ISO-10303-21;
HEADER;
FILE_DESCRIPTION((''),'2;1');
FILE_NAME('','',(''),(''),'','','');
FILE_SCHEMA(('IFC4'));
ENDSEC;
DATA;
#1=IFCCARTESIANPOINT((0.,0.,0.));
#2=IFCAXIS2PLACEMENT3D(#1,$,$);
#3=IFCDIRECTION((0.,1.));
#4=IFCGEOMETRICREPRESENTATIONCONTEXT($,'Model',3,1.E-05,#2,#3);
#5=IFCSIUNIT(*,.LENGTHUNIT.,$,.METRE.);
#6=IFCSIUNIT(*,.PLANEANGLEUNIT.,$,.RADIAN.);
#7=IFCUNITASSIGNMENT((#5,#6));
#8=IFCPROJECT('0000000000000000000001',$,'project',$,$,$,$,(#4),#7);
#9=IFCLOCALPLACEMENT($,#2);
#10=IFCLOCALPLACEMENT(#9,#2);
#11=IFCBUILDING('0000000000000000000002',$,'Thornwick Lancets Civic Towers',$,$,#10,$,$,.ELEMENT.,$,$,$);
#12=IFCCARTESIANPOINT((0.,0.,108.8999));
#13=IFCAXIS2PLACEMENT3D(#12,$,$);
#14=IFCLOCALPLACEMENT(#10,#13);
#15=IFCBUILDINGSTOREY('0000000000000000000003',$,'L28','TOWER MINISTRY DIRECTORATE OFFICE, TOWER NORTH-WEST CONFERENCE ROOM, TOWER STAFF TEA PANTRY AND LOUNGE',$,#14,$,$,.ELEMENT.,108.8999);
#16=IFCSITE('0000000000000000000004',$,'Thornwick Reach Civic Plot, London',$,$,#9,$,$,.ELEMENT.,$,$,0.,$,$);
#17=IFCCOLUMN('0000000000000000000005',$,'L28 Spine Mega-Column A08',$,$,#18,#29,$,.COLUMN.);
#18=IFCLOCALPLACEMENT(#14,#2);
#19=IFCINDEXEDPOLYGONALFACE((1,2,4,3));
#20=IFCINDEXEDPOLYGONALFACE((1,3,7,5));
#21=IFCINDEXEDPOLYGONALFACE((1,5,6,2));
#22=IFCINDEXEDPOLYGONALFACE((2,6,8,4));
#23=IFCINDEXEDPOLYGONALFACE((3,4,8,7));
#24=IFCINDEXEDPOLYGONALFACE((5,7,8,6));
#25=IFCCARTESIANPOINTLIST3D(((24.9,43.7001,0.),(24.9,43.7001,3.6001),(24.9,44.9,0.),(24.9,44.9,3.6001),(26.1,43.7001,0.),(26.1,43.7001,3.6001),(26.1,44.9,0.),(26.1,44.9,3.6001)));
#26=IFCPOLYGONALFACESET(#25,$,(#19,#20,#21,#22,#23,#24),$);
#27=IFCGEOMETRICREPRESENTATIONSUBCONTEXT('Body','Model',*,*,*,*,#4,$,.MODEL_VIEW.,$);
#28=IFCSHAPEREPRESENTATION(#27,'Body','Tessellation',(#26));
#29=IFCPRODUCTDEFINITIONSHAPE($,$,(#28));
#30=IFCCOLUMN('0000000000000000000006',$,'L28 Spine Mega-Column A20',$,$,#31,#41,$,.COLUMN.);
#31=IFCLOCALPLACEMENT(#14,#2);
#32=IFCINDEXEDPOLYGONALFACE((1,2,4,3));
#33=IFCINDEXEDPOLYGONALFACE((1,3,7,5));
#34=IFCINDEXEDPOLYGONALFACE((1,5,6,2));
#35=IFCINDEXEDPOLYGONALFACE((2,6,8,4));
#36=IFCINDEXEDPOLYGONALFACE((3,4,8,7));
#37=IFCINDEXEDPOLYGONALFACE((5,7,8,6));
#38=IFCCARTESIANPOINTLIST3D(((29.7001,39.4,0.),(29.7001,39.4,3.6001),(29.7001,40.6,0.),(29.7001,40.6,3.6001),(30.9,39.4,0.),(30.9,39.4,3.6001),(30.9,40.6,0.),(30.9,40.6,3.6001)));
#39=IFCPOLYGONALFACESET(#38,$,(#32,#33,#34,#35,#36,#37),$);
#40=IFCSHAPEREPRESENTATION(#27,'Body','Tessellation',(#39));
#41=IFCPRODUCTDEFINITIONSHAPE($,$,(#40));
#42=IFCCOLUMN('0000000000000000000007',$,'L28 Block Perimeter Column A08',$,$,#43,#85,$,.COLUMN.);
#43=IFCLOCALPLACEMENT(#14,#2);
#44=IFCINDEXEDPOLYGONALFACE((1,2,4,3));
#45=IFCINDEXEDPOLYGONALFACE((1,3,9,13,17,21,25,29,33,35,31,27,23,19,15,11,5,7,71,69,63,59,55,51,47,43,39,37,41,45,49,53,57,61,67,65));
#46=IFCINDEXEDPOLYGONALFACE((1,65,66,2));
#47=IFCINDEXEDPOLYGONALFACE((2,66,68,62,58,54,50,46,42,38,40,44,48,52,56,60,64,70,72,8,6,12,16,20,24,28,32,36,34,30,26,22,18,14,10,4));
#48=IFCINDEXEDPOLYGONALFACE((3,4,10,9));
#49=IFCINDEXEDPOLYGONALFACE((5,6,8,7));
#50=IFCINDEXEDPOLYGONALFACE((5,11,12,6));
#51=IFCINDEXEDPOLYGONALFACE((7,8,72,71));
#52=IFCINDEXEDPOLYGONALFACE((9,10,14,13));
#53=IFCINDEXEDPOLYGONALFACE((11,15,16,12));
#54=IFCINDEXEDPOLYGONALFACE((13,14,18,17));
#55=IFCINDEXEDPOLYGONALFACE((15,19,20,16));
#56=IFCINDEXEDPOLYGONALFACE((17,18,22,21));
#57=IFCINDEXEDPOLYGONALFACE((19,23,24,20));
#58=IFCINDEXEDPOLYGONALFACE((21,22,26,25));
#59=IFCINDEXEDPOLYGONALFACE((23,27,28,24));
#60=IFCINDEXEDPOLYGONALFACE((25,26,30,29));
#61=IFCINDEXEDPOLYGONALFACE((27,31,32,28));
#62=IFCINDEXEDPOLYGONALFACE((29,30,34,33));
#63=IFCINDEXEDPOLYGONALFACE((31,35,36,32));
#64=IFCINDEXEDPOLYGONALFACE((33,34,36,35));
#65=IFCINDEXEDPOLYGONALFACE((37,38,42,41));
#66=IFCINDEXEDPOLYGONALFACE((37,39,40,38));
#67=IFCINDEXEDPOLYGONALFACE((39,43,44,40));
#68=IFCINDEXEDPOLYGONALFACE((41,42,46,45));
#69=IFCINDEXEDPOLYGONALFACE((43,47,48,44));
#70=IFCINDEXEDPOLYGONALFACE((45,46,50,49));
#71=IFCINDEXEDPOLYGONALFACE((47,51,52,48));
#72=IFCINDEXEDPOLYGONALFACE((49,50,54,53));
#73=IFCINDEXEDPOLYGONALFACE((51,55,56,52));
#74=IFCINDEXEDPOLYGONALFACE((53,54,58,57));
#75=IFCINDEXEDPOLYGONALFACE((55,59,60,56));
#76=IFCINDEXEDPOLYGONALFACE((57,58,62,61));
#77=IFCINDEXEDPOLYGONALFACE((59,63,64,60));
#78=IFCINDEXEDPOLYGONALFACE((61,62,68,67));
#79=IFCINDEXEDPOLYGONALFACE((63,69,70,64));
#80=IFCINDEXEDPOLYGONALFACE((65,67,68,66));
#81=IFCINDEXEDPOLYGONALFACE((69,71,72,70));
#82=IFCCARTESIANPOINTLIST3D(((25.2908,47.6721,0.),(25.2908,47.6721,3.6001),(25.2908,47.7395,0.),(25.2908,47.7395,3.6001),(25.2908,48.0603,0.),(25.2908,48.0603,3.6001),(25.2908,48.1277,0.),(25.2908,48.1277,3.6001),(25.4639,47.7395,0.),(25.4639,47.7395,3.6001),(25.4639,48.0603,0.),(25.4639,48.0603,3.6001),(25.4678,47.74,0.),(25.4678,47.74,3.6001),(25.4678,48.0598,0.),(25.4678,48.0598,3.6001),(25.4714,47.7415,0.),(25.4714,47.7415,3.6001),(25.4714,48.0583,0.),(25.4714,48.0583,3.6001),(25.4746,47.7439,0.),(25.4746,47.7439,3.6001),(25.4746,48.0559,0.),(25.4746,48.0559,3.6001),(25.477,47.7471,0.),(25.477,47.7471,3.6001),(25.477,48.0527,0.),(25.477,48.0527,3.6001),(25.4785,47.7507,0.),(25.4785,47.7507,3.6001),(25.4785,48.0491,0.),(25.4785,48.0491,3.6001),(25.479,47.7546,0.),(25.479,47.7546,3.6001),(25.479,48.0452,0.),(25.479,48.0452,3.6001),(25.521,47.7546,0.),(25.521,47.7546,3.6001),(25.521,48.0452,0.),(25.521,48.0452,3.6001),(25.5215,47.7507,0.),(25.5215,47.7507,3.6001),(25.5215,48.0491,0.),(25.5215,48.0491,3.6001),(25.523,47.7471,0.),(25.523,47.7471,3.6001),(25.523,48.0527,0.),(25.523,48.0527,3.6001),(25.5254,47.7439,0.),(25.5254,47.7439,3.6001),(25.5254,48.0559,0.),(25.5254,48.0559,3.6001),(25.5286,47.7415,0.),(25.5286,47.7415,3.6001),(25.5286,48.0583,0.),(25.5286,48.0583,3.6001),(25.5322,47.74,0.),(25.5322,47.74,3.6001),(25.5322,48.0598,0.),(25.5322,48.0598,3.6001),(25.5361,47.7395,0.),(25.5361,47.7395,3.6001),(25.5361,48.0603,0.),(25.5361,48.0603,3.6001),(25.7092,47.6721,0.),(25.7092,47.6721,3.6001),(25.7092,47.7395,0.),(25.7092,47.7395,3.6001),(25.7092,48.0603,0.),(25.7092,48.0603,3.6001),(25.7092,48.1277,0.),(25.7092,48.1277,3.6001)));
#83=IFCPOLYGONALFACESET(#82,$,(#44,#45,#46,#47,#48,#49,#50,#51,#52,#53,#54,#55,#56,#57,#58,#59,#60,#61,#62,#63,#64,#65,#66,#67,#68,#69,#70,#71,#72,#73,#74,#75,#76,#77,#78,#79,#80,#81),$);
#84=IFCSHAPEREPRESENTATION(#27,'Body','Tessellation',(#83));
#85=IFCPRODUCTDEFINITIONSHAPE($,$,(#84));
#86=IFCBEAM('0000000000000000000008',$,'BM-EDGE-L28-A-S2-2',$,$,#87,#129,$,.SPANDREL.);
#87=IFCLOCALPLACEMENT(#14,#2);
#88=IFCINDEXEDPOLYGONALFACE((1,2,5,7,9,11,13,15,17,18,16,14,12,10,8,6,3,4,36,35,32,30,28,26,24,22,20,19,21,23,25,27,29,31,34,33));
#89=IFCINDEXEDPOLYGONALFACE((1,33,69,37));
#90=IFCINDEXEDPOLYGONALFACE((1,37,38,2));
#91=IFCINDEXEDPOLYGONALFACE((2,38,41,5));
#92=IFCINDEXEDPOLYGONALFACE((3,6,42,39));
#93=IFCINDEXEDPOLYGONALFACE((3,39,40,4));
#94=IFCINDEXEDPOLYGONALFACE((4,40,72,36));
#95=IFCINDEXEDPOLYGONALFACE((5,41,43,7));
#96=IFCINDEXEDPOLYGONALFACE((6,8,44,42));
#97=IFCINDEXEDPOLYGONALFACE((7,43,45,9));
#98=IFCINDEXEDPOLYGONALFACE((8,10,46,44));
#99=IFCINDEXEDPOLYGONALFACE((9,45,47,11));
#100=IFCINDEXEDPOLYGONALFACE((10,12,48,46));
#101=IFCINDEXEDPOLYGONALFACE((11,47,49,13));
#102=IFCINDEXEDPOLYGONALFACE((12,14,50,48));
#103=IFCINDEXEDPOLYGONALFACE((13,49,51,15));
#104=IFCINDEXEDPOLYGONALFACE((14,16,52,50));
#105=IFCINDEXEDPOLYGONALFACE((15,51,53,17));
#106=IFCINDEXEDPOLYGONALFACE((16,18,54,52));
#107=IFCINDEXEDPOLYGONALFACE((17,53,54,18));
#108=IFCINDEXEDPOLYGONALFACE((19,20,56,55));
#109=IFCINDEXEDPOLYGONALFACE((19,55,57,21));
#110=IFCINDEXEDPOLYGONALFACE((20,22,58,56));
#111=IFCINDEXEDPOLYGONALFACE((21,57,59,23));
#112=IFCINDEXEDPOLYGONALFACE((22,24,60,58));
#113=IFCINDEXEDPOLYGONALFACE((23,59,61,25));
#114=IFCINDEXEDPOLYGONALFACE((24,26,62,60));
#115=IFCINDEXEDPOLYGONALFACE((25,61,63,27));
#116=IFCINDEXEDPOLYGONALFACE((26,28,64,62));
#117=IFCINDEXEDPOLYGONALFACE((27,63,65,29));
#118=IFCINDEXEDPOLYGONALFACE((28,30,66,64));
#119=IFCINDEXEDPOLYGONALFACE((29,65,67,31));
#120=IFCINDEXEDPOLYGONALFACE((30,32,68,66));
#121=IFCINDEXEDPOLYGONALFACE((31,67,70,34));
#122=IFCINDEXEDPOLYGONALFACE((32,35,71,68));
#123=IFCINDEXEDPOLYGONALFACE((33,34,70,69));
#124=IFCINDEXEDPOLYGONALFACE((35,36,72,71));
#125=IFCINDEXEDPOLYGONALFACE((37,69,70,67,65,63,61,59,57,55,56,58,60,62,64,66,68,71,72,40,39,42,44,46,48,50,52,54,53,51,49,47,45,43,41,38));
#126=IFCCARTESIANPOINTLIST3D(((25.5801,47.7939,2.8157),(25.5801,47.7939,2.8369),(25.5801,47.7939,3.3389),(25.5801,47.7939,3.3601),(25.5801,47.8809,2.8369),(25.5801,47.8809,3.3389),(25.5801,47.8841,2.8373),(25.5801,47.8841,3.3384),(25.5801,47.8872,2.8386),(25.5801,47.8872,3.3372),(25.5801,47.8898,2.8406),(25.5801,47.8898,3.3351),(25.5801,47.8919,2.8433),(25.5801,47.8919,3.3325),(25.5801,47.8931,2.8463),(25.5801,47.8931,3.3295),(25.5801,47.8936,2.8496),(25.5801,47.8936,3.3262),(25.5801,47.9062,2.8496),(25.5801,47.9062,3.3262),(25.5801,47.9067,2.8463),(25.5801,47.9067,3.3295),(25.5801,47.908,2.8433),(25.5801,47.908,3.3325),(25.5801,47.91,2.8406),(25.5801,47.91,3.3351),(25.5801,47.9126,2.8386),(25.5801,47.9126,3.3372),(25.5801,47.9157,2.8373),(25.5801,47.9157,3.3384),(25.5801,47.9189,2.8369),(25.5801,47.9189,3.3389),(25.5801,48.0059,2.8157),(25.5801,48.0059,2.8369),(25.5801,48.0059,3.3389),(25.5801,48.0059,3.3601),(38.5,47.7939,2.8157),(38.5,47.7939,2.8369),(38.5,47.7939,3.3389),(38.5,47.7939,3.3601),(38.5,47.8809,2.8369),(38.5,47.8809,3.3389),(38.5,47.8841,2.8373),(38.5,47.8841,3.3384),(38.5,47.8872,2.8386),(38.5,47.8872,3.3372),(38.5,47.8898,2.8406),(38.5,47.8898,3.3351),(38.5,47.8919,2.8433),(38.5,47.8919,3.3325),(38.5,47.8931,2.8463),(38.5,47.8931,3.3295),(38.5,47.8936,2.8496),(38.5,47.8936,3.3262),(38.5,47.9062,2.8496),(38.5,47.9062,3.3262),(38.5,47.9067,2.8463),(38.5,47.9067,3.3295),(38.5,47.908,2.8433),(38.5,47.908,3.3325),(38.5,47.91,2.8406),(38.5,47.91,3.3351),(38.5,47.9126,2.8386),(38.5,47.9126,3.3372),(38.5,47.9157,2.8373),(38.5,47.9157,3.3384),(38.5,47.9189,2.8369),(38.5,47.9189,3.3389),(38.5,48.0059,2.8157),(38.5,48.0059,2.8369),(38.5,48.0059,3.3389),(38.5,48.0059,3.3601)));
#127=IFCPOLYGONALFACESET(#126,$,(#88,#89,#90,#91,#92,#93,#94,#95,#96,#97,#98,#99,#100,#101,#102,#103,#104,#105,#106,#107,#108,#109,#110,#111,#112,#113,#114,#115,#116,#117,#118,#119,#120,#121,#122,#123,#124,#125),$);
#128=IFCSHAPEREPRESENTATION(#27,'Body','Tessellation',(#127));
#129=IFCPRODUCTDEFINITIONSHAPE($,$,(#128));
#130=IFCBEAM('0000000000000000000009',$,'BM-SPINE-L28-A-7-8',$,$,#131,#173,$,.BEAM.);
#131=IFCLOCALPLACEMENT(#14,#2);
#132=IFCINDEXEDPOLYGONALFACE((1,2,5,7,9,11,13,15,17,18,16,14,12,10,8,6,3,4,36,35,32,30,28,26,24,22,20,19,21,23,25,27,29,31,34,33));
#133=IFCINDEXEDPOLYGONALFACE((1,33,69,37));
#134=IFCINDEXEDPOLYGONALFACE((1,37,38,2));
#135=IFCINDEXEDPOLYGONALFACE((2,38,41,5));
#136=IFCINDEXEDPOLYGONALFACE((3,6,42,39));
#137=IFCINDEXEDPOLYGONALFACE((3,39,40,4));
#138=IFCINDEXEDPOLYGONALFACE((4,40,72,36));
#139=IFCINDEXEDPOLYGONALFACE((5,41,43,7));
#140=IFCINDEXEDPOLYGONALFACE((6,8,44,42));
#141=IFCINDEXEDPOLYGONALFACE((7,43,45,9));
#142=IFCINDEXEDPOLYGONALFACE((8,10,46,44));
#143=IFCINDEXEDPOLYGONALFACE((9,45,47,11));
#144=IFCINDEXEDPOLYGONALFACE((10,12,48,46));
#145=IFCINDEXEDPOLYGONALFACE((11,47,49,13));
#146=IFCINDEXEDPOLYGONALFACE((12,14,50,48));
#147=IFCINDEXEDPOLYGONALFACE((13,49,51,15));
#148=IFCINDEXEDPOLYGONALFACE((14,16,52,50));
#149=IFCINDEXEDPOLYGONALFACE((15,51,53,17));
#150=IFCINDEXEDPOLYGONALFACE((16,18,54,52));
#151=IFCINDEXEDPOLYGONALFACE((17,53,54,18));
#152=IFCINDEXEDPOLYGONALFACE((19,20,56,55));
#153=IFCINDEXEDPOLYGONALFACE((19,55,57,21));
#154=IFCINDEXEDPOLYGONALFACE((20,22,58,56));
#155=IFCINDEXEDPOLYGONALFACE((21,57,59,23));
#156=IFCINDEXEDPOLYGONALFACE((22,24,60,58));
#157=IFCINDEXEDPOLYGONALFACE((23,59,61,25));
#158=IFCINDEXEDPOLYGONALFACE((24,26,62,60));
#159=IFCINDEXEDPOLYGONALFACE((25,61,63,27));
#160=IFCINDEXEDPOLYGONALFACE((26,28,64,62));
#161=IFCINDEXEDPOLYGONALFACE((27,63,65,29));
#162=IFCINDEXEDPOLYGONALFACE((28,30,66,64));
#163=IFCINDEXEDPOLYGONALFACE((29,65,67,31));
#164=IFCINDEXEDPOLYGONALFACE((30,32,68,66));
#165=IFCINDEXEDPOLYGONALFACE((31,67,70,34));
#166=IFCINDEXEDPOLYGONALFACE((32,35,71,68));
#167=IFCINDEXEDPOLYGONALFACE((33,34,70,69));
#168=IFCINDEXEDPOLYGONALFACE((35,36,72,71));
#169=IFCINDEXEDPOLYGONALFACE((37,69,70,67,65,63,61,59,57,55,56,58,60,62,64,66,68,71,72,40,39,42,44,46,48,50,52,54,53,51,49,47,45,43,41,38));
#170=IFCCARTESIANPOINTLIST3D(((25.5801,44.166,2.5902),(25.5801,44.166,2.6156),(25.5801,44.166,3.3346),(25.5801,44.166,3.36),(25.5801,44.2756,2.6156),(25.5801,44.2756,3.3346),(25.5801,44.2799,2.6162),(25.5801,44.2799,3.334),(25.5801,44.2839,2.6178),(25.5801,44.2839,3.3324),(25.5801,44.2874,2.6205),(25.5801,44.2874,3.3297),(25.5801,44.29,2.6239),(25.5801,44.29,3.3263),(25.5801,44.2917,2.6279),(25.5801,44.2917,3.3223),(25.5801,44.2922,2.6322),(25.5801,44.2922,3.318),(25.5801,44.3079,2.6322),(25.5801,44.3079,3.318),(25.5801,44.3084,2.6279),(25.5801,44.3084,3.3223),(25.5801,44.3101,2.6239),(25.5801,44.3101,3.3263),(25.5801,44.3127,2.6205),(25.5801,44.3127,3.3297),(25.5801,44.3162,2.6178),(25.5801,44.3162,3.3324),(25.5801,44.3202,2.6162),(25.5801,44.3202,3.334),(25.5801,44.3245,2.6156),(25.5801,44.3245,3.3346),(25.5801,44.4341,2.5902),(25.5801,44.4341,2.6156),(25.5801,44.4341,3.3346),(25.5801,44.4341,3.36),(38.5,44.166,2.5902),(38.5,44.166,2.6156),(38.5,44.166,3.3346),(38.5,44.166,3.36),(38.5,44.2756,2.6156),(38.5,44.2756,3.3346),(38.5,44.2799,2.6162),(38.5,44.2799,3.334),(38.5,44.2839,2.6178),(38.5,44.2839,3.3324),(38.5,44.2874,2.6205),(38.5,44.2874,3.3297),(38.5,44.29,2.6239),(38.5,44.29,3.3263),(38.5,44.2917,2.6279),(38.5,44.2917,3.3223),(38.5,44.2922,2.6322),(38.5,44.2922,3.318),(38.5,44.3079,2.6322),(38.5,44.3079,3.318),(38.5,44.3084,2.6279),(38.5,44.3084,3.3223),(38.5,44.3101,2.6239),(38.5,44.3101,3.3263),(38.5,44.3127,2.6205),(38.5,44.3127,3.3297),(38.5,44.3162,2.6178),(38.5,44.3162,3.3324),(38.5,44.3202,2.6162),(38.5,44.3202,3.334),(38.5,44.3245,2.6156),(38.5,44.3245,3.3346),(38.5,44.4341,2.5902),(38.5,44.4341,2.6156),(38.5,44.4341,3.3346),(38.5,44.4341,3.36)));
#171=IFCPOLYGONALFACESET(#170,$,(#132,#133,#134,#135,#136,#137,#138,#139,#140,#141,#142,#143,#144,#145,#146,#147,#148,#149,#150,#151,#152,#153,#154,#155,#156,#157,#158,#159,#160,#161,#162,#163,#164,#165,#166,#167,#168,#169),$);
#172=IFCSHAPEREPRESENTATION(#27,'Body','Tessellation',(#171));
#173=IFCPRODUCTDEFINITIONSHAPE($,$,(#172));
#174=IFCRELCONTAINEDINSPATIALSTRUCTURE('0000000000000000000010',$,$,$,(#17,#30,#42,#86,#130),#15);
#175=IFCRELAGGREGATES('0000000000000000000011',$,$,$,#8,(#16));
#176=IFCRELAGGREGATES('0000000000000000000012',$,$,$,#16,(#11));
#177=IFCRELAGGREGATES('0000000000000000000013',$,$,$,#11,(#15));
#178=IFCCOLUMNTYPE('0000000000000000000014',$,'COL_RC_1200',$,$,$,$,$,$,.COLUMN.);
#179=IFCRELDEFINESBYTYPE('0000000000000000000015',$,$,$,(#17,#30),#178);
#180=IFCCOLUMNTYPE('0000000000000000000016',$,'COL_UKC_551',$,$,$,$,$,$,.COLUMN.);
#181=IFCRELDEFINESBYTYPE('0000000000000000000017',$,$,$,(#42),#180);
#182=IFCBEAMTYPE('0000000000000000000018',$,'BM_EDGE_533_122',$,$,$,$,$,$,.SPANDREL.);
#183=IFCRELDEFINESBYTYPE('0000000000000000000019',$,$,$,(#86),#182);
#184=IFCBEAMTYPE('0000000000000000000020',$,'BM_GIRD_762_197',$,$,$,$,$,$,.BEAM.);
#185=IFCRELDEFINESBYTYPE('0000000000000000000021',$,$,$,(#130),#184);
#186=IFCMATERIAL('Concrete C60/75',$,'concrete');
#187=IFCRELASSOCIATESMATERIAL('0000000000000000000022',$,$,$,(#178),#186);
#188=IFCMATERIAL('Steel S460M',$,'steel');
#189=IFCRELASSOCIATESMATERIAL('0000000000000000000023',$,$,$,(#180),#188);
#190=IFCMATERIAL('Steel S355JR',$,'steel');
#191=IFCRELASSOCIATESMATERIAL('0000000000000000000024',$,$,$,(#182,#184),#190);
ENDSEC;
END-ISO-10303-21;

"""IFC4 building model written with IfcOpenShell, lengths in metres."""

from ifc_helpers import new_model, si_unit, direction, frame, origin, origin_2d, place, context, subcontext, project, spatial, rectangle, i_section, extrude, material, material_profile, profile_set, type_object, element, save


model = new_model("IFC4")

# Units and contexts
model_context = context("Model", 3, precision=1e-05, world=origin(), true_north=direction((0.0, 1.0)))
body_context = subcontext(model_context, "Body", "Model", "MODEL_VIEW")
ifc_project = project(units=[si_unit("LENGTHUNIT", "METRE"), si_unit("PLANEANGLEUNIT", "RADIAN")], contexts=[model_context])

# Site, building, storey
site_placement = place(None, origin())
site = spatial("IfcSite", under=ifc_project, at=site_placement, Name="Thornwick Reach Civic Plot, London", CompositionType="ELEMENT", RefElevation=0.0)
building_placement = place(site_placement, origin())
building = spatial("IfcBuilding", under=site, at=building_placement, Name="Thornwick Lancets Civic Towers", CompositionType="ELEMENT")
storey_placement = place(building_placement, frame((0.0, 0.0, 108.8999)))
storey = spatial("IfcBuildingStorey", under=building, at=storey_placement, Name="L28", Description="TOWER MINISTRY DIRECTORATE OFFICE, TOWER NORTH-WEST CONFERENCE ROOM, TOWER STAFF TEA PANTRY AND LOUNGE", CompositionType="ELEMENT", Elevation=108.8999)

# Columns
ifc_material_1 = material(Name="Concrete C60/75", Category="concrete")
ifc_material_profile_1 = material_profile(ifc_material_1, rectangle(XDim=1.2, YDim=1.2, at=origin_2d()), Name="RC 1200x1200")
ifc_profile_set_1 = profile_set([ifc_material_profile_1], Name="Concrete C60/75")
column_type_1 = type_object("IfcColumnType", Name="COL_RC_1200", PredefinedType="COLUMN", material=ifc_profile_set_1)
for number, where, z_axis, x_axis, name in (
    (1, (25.5, 44.3, 0.0), (0.0, 0.0, 1.0), (1.0, 0.0, 0.0), "L28 Spine Mega-Column A08"),
    (2, (30.3, 40.0, 0.0), (0.0, 0.0, 1.0), (1.0, 0.0, 0.0), "L28 Spine Mega-Column A20"),
):
    element("IfcColumn", number, at=place(storey_placement, frame(where, z_axis=z_axis, x_axis=x_axis)), inside=storey, type_object=column_type_1, Name=name, PredefinedType="COLUMN", context=body_context, shape_type="SweptSolid", body=[
        extrude(rectangle(XDim=1.2, YDim=1.2, at=origin_2d()), origin(), (0.0, 0.0, 1.0), 3.6001),
    ])
ifc_material_2 = material(Name="Steel S460M", Category="steel")
ifc_material_profile_2 = material_profile(ifc_material_2, i_section(OverallWidth=0.4185, OverallDepth=0.4556, WebThickness=0.042, FlangeThickness=0.0674, FilletRadius=0.0151, at=origin_2d()), Name="UKC 356x406x551")
ifc_profile_set_2 = profile_set([ifc_material_profile_2], Name="Steel S460M")
column_type_2 = type_object("IfcColumnType", Name="COL_UKC_551", PredefinedType="COLUMN", material=ifc_profile_set_2)
column_placement = place(storey_placement, frame((25.5, 47.8999, 0.0), z_axis=(0.0, 0.0, 1.0), x_axis=(1.0, 0.0, 0.0)))
element("IfcColumn", 3, at=column_placement, inside=storey, type_object=column_type_2, Name="L28 Block Perimeter Column A08", PredefinedType="COLUMN", context=body_context, shape_type="SweptSolid", body=[
    extrude(i_section(OverallWidth=0.4185, OverallDepth=0.4556, WebThickness=0.042, FlangeThickness=0.0674, FilletRadius=0.0151, at=origin_2d()), origin(), (0.0, 0.0, 1.0), 3.6001),
])

# Beams
ifc_material_3 = material(Name="Steel S355JR", Category="steel")
ifc_material_profile_3 = material_profile(ifc_material_3, i_section(OverallWidth=0.2119, OverallDepth=0.5444, WebThickness=0.0127, FlangeThickness=0.0212, FilletRadius=0.0127, at=origin_2d()), Name="UKB 533x210x122")
ifc_profile_set_3 = profile_set([ifc_material_profile_3], Name="Steel S355JR")
beam_type_1 = type_object("IfcBeamType", Name="BM_EDGE_533_122", PredefinedType="SPANDREL", material=ifc_profile_set_3)
beam_1_placement = place(storey_placement, frame((25.5801, 47.8999, 3.0879), z_axis=(1.0, 0.0, 0.0), x_axis=(0.0, 1.0, 0.0)))
element("IfcBeam", 4, at=beam_1_placement, inside=storey, type_object=beam_type_1, Name="BM-EDGE-L28-A-S2-2", PredefinedType="SPANDREL", context=body_context, shape_type="SweptSolid", body=[
    extrude(i_section(OverallWidth=0.2119, OverallDepth=0.5444, WebThickness=0.0127, FlangeThickness=0.0212, FilletRadius=0.0127, at=origin_2d()), origin(), (0.0, 0.0, 1.0), 12.9199),
])
ifc_material_profile_4 = material_profile(ifc_material_3, i_section(OverallWidth=0.2681, OverallDepth=0.7698, WebThickness=0.0156, FlangeThickness=0.0254, FilletRadius=0.0166, at=origin_2d()), Name="UKB 762x267x197")
ifc_profile_set_4 = profile_set([ifc_material_profile_4], Name="Steel S355JR")
beam_type_2 = type_object("IfcBeamType", Name="BM_GIRD_762_197", PredefinedType="BEAM", material=ifc_profile_set_4)
beam_2_placement = place(storey_placement, frame((25.5801, 44.3, 2.9751), z_axis=(1.0, 0.0, 0.0), x_axis=(0.0, 1.0, 0.0)))
element("IfcBeam", 5, at=beam_2_placement, inside=storey, type_object=beam_type_2, Name="BM-SPINE-L28-A-7-8", PredefinedType="BEAM", context=body_context, shape_type="SweptSolid", body=[
    extrude(i_section(OverallWidth=0.2681, OverallDepth=0.7698, WebThickness=0.0156, FlangeThickness=0.0254, FilletRadius=0.0166, at=origin_2d()), origin(), (0.0, 0.0, 1.0), 12.9199),
])

save(model, "model.ifc")
